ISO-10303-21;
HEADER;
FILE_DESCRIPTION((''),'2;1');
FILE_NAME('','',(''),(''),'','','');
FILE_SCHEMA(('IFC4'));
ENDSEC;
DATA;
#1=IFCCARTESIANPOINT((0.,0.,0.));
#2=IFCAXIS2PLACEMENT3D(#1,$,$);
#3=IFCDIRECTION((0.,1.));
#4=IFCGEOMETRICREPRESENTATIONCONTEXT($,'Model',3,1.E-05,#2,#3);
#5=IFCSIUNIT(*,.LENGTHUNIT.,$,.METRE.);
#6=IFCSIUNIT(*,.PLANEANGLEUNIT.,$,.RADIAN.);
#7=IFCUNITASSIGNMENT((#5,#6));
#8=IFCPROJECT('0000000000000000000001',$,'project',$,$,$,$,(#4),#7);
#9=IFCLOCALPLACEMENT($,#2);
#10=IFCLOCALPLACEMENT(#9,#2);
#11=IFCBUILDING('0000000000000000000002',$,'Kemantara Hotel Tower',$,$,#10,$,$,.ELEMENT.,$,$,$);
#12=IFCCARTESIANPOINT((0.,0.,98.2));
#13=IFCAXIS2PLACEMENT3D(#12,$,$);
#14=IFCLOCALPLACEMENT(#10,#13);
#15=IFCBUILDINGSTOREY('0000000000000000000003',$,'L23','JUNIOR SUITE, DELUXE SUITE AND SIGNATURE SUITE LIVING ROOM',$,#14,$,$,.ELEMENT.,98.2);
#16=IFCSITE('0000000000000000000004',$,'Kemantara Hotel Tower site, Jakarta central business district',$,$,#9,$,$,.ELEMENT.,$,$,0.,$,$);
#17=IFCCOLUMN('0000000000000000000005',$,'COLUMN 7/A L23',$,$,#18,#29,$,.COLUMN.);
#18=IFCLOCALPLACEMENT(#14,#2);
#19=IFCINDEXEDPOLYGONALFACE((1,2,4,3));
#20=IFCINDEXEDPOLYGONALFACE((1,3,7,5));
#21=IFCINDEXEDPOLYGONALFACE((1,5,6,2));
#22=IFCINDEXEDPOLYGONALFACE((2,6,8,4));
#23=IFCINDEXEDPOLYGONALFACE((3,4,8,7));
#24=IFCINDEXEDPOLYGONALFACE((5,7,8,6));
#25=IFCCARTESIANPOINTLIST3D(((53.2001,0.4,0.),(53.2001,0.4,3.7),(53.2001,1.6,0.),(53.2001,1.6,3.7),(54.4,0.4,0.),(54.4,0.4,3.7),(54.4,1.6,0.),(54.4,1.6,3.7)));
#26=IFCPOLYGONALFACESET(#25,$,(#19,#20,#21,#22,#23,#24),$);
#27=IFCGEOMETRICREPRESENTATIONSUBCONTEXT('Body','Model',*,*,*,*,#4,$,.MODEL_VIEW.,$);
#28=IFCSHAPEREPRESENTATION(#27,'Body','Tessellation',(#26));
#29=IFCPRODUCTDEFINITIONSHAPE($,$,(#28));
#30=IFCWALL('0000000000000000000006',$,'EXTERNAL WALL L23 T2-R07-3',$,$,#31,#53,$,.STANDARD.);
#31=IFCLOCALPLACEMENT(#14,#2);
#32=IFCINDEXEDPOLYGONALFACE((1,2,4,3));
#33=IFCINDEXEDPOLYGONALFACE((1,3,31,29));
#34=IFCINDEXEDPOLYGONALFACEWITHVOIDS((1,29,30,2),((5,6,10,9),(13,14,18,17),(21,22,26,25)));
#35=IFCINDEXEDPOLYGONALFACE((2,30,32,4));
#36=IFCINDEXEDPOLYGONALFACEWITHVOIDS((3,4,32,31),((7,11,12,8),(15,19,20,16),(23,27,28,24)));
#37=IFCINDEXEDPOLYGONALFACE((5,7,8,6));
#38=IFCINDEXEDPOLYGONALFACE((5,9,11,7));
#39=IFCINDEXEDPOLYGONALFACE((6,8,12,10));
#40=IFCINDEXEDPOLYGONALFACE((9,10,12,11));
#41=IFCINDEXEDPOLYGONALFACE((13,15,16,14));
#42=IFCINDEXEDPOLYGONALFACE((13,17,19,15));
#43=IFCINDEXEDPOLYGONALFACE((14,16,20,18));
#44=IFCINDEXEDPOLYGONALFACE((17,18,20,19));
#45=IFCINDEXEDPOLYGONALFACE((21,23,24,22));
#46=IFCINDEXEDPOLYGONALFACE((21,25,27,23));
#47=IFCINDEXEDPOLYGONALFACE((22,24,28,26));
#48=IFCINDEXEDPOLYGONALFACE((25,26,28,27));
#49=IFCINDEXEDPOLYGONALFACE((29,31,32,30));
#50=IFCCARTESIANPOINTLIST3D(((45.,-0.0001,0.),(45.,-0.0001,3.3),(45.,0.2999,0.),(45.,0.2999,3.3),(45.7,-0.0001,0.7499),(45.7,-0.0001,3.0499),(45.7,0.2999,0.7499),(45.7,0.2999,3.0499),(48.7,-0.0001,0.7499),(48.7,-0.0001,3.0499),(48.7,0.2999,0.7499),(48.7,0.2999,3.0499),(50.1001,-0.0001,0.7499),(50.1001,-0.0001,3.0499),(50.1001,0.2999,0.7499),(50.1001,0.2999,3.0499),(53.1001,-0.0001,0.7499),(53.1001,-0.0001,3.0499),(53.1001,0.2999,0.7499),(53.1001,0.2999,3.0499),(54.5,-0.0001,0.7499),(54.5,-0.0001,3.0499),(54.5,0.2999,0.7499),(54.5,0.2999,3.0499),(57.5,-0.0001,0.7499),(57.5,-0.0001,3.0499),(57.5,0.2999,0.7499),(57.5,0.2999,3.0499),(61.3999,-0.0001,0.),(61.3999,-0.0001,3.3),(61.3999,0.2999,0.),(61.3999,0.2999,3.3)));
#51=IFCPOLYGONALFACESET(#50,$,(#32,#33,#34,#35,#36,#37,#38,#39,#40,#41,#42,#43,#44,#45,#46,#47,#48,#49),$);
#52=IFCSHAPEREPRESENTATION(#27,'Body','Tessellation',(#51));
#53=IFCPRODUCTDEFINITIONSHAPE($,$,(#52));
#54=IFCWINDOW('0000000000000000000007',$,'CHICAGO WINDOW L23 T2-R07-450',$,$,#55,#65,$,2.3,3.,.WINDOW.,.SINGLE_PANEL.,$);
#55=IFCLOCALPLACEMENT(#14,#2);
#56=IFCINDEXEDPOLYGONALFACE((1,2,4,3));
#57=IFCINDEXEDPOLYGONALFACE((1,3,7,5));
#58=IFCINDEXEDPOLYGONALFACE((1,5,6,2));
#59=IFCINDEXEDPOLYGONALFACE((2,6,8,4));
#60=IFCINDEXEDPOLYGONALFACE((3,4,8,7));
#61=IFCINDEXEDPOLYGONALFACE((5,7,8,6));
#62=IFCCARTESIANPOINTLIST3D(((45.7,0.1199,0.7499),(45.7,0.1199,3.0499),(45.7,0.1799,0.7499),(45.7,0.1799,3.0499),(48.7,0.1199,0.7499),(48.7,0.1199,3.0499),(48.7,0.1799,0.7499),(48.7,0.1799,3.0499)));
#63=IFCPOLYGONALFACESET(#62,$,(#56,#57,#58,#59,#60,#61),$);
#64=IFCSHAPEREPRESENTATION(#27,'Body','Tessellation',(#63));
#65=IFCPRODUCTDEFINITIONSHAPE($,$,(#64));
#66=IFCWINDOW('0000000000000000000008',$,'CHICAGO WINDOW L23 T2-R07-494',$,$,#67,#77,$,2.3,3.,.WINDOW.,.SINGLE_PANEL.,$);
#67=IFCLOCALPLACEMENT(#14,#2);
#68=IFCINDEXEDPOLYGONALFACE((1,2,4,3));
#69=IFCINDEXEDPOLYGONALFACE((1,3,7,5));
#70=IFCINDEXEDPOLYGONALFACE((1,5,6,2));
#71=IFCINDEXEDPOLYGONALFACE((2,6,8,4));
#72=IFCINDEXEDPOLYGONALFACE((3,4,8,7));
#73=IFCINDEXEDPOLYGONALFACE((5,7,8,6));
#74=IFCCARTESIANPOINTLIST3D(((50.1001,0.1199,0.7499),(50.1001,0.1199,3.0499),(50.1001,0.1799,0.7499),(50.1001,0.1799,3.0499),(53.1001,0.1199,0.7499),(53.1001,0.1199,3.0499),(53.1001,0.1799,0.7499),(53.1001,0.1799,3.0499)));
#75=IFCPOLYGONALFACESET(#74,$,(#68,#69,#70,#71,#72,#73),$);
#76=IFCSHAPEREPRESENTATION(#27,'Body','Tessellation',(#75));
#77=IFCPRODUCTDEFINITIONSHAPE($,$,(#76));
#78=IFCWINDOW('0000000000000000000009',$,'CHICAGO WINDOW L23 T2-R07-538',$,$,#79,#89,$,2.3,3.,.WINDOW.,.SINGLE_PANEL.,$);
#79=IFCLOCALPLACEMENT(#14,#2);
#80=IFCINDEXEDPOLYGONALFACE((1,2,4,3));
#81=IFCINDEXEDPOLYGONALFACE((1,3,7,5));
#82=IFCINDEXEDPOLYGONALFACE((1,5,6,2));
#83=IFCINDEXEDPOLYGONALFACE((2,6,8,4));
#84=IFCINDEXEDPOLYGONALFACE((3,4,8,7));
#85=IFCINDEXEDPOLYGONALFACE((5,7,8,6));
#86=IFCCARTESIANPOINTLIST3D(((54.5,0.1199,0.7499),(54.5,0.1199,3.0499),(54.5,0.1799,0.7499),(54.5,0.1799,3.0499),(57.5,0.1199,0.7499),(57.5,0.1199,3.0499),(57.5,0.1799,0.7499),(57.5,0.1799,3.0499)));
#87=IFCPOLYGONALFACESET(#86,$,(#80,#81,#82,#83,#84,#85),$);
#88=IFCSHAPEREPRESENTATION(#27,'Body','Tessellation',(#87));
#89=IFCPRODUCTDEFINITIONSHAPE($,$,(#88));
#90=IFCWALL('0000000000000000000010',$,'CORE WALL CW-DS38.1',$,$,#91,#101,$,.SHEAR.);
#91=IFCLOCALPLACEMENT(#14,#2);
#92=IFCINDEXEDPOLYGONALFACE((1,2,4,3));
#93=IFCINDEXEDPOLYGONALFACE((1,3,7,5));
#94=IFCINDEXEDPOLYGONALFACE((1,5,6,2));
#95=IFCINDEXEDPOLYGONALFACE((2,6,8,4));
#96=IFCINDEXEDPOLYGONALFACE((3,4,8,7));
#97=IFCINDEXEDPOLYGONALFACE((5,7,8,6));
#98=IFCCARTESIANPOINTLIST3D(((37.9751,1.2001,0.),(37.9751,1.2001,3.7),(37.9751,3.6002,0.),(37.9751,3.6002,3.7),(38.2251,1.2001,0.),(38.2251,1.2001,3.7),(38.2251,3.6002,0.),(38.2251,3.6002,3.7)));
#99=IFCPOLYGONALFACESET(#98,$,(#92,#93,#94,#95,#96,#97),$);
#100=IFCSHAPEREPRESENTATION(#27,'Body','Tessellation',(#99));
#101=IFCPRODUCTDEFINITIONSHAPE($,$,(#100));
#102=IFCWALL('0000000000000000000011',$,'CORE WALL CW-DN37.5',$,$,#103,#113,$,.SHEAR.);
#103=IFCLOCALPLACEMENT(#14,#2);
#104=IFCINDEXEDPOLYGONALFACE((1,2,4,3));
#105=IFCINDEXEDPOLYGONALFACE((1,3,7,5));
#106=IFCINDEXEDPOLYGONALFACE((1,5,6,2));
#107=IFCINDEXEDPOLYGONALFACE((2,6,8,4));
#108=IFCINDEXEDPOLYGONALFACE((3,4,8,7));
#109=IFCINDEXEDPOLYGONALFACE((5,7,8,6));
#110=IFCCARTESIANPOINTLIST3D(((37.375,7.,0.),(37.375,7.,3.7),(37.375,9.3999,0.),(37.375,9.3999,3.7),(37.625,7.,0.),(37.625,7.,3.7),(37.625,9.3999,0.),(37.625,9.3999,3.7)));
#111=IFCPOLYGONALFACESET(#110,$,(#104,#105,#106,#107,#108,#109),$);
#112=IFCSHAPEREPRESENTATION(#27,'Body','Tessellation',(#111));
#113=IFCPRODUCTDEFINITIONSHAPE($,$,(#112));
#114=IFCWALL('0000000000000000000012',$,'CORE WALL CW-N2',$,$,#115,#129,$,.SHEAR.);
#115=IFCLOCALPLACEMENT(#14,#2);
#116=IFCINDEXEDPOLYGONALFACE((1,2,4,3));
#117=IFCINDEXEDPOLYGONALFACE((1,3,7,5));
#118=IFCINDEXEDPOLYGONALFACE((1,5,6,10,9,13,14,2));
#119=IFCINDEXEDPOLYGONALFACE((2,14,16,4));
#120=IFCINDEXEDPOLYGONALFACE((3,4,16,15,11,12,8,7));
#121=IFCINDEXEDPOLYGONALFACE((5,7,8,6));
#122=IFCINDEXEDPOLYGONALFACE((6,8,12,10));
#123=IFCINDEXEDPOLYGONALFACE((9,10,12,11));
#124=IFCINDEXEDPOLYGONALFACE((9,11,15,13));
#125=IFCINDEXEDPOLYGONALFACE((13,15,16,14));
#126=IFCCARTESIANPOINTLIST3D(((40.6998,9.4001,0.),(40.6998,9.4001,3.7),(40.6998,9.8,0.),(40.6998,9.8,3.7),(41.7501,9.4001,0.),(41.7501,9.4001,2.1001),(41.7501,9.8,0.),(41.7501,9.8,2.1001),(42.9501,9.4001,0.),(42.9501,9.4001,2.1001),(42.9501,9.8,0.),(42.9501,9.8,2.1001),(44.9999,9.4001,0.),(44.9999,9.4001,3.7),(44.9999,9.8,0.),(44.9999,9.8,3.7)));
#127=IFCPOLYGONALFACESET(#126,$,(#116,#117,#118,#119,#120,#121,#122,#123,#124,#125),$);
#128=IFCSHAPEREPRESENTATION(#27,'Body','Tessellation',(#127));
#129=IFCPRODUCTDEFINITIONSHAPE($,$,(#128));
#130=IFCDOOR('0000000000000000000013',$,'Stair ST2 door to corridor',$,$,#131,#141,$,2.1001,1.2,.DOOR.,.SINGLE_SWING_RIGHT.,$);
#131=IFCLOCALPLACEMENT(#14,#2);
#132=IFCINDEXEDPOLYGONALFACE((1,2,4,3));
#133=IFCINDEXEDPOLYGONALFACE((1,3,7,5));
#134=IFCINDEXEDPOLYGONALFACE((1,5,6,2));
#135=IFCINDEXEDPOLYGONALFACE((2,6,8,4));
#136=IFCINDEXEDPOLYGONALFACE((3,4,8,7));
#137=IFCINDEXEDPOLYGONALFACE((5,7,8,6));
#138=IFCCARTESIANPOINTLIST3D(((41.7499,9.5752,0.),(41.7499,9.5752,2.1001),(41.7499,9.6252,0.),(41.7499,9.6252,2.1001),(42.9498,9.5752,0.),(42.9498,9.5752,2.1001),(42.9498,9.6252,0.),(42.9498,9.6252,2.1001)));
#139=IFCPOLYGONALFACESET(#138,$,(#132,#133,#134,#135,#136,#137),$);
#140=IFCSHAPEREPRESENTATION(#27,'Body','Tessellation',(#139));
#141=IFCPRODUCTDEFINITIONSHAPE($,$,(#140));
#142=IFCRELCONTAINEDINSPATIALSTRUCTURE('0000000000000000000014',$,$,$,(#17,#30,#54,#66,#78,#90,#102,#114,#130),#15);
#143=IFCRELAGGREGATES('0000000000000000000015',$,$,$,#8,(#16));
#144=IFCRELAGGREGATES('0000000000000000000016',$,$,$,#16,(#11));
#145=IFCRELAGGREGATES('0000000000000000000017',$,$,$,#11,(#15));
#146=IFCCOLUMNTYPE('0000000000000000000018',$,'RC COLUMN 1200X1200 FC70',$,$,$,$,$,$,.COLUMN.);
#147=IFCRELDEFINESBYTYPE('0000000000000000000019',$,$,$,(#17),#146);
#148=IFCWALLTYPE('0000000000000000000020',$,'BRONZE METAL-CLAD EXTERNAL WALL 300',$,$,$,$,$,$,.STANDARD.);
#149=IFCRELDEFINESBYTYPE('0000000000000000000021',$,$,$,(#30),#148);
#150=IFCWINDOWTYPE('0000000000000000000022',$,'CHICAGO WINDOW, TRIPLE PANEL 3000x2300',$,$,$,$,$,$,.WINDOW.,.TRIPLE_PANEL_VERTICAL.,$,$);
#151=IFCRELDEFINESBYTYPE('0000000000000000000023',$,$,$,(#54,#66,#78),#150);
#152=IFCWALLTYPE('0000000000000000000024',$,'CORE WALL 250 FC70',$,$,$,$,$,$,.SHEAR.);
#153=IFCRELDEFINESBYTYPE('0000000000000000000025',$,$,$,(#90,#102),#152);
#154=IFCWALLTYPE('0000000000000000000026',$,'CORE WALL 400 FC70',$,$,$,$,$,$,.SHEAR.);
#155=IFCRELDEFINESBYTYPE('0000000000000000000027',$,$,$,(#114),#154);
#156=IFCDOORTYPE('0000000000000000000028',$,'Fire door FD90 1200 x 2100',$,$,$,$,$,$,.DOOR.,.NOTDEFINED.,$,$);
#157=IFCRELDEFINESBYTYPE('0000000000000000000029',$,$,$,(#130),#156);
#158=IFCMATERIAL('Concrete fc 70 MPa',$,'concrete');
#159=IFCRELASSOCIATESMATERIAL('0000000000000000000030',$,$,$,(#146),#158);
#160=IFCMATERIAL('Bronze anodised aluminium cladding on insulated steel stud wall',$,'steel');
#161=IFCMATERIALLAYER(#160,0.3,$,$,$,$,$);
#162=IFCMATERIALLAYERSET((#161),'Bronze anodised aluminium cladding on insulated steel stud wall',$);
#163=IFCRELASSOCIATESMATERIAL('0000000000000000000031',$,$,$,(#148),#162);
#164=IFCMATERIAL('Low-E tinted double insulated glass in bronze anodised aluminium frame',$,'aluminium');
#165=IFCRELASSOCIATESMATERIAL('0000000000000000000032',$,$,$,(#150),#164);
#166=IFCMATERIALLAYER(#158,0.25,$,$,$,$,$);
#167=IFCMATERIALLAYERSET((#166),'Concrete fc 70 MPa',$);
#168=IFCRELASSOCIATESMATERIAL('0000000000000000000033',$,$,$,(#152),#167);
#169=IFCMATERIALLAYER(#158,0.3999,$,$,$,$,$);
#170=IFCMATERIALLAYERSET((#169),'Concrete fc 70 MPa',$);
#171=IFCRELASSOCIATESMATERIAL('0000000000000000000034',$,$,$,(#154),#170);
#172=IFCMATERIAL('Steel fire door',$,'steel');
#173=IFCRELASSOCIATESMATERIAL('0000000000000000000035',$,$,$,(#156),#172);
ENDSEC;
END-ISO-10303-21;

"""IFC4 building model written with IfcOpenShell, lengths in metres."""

from ifc_helpers import new_model, si_unit, direction, frame, frame_2d, origin, origin_2d, place, context, subcontext, project, spatial, rectangle, extrude, material, layer, layer_set, material_profile, profile_set, type_object, element, fill, save


model = new_model("IFC4")

# Units and contexts
model_context = context("Model", 3, precision=1e-05, world=origin(), true_north=direction((0.0, 1.0)))
body_context = subcontext(model_context, "Body", "Model", "MODEL_VIEW")
ifc_project = project(units=[si_unit("LENGTHUNIT", "METRE"), si_unit("PLANEANGLEUNIT", "RADIAN")], contexts=[model_context])

# Site, building, storey
site_placement = place(None, origin())
site = spatial("IfcSite", under=ifc_project, at=site_placement, Name="Kemantara Hotel Tower site, Jakarta central business district", CompositionType="ELEMENT", RefElevation=0.0)
building_placement = place(site_placement, origin())
building = spatial("IfcBuilding", under=site, at=building_placement, Name="Kemantara Hotel Tower", CompositionType="ELEMENT")
storey_placement = place(building_placement, frame((0.0, 0.0, 98.2)))
storey = spatial("IfcBuildingStorey", under=building, at=storey_placement, Name="L23", Description="JUNIOR SUITE, DELUXE SUITE AND SIGNATURE SUITE LIVING ROOM", CompositionType="ELEMENT", Elevation=98.2)

# Column
ifc_material_1 = material(Name="Concrete fc 70 MPa", Category="concrete")
ifc_material_profile = material_profile(ifc_material_1, rectangle(XDim=1.2, YDim=1.2, at=origin_2d()), Name="RC 1200X1200")
ifc_profile_set = profile_set([ifc_material_profile], Name="Concrete fc 70 MPa")
column_type = type_object("IfcColumnType", Name="RC COLUMN 1200X1200 FC70", PredefinedType="COLUMN", material=ifc_profile_set)
column_placement = place(storey_placement, frame((53.8, 1.0, 0.0), z_axis=(0.0, 0.0, 1.0), x_axis=(1.0, 0.0, 0.0)))
element("IfcColumn", 1, at=column_placement, inside=storey, type_object=column_type, Name="COLUMN 7/A L23", PredefinedType="COLUMN", context=body_context, shape_type="SweptSolid", body=[
    extrude(rectangle(XDim=1.2, YDim=1.2, at=origin_2d()), origin(), (0.0, 0.0, 1.0), 3.7),
])

# Wall, openings, windows
ifc_material_2 = material(Name="Bronze anodised aluminium cladding on insulated steel stud wall", Category="steel")
ifc_layer_1 = layer(ifc_material_2, 0.3)
ifc_layer_set_1 = layer_set([ifc_layer_1], Name="Bronze anodised aluminium cladding on insulated steel stud wall")
wall_type_1 = type_object("IfcWallType", Name="BRONZE METAL-CLAD EXTERNAL WALL 300", PredefinedType="STANDARD", material=ifc_layer_set_1)
wall_1_placement = place(storey_placement, frame((45.0, 0.1499, 0.0), z_axis=(0.0, 0.0, 1.0), x_axis=(1.0, 0.0, 0.0)))
wall_1 = element("IfcWall", 2, at=wall_1_placement, inside=storey, type_object=wall_type_1, Name="EXTERNAL WALL L23 T2-R07-3", PredefinedType="STANDARD", context=body_context, shape_type="SweptSolid", body=[
    extrude(rectangle(XDim=16.3999, YDim=0.3, at=frame_2d((8.2, 0.0))), origin(), (0.0, 0.0, 1.0), 3.3),
])
opening_1_placement = place(wall_1_placement, frame((0.7, 0.0, 0.75)))
opening_1 = element("IfcOpeningElement", 3, at=opening_1_placement, cuts=wall_1, PredefinedType="OPENING", context=body_context, shape_type="SweptSolid", body=[
    extrude(rectangle(XDim=3.0, YDim=2.3, at=frame_2d((1.5, 1.1499))), frame((0.0, 0.1599, 0.0), z_axis=(0.0, -1.0, 0.0), x_axis=(1.0, 0.0, 0.0)), (0.0, 0.0, 1.0), 0.3201),
])
opening_2_placement = place(wall_1_placement, frame((5.1001, 0.0, 0.75)))
opening_2 = element("IfcOpeningElement", 4, at=opening_2_placement, cuts=wall_1, PredefinedType="OPENING", context=body_context, shape_type="SweptSolid", body=[
    extrude(rectangle(XDim=3.0, YDim=2.3, at=frame_2d((1.5, 1.1499))), frame((0.0, 0.1599, 0.0), z_axis=(0.0, -1.0, 0.0), x_axis=(1.0, 0.0, 0.0)), (0.0, 0.0, 1.0), 0.3201),
])
opening_3_placement = place(wall_1_placement, frame((9.5, 0.0, 0.75)))
opening_3 = element("IfcOpeningElement", 5, at=opening_3_placement, cuts=wall_1, PredefinedType="OPENING", context=body_context, shape_type="SweptSolid", body=[
    extrude(rectangle(XDim=3.0, YDim=2.3, at=frame_2d((1.5, 1.1499))), frame((0.0, 0.1599, 0.0), z_axis=(0.0, -1.0, 0.0), x_axis=(1.0, 0.0, 0.0)), (0.0, 0.0, 1.0), 0.3201),
])
ifc_material_3 = material(Name="Low-E tinted double insulated glass in bronze anodised aluminium frame", Category="aluminium")
window_type = type_object("IfcWindowType", Name="CHICAGO WINDOW, TRIPLE PANEL 3000x2300", PartitioningType="TRIPLE_PANEL_VERTICAL", PredefinedType="WINDOW", material=ifc_material_3)
window_1_placement = place(opening_1_placement, origin())
window_1 = element("IfcWindow", 6, at=window_1_placement, inside=storey, type_object=window_type, Name="CHICAGO WINDOW L23 T2-R07-450", OverallHeight=2.3, OverallWidth=3.0, PartitioningType="SINGLE_PANEL", PredefinedType="WINDOW", context=body_context, shape_type="SweptSolid", body=[
    extrude(rectangle(XDim=3.0, YDim=2.3, at=frame_2d((1.5, 1.1499))), frame((0.0, 0.03, 0.0), z_axis=(0.0, -1.0, 0.0), x_axis=(1.0, 0.0, 0.0)), (0.0, 0.0, 1.0), 0.0601),
])
fill(opening_1, window_1)
window_2_placement = place(opening_2_placement, origin())
window_2 = element("IfcWindow", 7, at=window_2_placement, inside=storey, type_object=window_type, Name="CHICAGO WINDOW L23 T2-R07-494", OverallHeight=2.3, OverallWidth=3.0, PartitioningType="SINGLE_PANEL", PredefinedType="WINDOW", context=body_context, shape_type="SweptSolid", body=[
    extrude(rectangle(XDim=3.0, YDim=2.3, at=frame_2d((1.5, 1.1499))), frame((0.0, 0.03, 0.0), z_axis=(0.0, -1.0, 0.0), x_axis=(1.0, 0.0, 0.0)), (0.0, 0.0, 1.0), 0.0601),
])
fill(opening_2, window_2)
window_3_placement = place(opening_3_placement, origin())
window_3 = element("IfcWindow", 8, at=window_3_placement, inside=storey, type_object=window_type, Name="CHICAGO WINDOW L23 T2-R07-538", OverallHeight=2.3, OverallWidth=3.0, PartitioningType="SINGLE_PANEL", PredefinedType="WINDOW", context=body_context, shape_type="SweptSolid", body=[
    extrude(rectangle(XDim=3.0, YDim=2.3, at=frame_2d((1.5, 1.1499))), frame((0.0, 0.03, 0.0), z_axis=(0.0, -1.0, 0.0), x_axis=(1.0, 0.0, 0.0)), (0.0, 0.0, 1.0), 0.0601),
])
fill(opening_3, window_3)

# Walls
ifc_layer_2 = layer(ifc_material_1, 0.25)
ifc_layer_set_2 = layer_set([ifc_layer_2], Name="Concrete fc 70 MPa")
wall_type_2 = type_object("IfcWallType", Name="CORE WALL 250 FC70", PredefinedType="SHEAR", material=ifc_layer_set_2)
wall_2_placement = place(storey_placement, frame((38.1001, 1.2, 0.0), z_axis=(0.0, 0.0, 1.0), x_axis=(0.0, 1.0, 0.0)))
element("IfcWall", 9, at=wall_2_placement, inside=storey, type_object=wall_type_2, Name="CORE WALL CW-DS38.1", PredefinedType="SHEAR", context=body_context, shape_type="SweptSolid", body=[
    extrude(rectangle(XDim=2.4001, YDim=0.25, at=frame_2d((1.2002, 0.0))), origin(), (0.0, 0.0, 1.0), 3.7),
])
wall_3_placement = place(storey_placement, frame((37.5, 7.0, 0.0), z_axis=(0.0, 0.0, 1.0), x_axis=(0.0, 1.0, 0.0)))
element("IfcWall", 10, at=wall_3_placement, inside=storey, type_object=wall_type_2, Name="CORE WALL CW-DN37.5", PredefinedType="SHEAR", context=body_context, shape_type="SweptSolid", body=[
    extrude(rectangle(XDim=2.3999, YDim=0.25, at=frame_2d((1.2, 0.0))), origin(), (0.0, 0.0, 1.0), 3.7),
])

# Wall, opening, door
ifc_layer_3 = layer(ifc_material_1, 0.3999)
ifc_layer_set_3 = layer_set([ifc_layer_3], Name="Concrete fc 70 MPa")
wall_type_3 = type_object("IfcWallType", Name="CORE WALL 400 FC70", PredefinedType="SHEAR", material=ifc_layer_set_3)
wall_4_placement = place(storey_placement, frame((40.7, 9.6001, 0.0), z_axis=(0.0, 0.0, 1.0), x_axis=(1.0, 0.0, 0.0)))
wall_4 = element("IfcWall", 11, at=wall_4_placement, inside=storey, type_object=wall_type_3, Name="CORE WALL CW-N2", PredefinedType="SHEAR", context=body_context, shape_type="SweptSolid", body=[
    extrude(rectangle(XDim=4.3, YDim=0.3999, at=frame_2d((2.1499, 0.0))), origin(), (0.0, 0.0, 1.0), 3.7),
])
opening_4_placement = place(wall_4_placement, frame((1.05, 0.0, 0.0)))
opening_4 = element("IfcOpeningElement", 12, at=opening_4_placement, cuts=wall_4, PredefinedType="OPENING", context=body_context, shape_type="SweptSolid", body=[
    extrude(rectangle(XDim=1.2, YDim=2.1001, at=frame_2d((0.6001, 1.05))), frame((0.0, 0.21, 0.0), z_axis=(0.0, -1.0, 0.0), x_axis=(1.0, 0.0, 0.0)), (0.0, 0.0, 1.0), 0.4199),
])
ifc_material_4 = material(Name="Steel fire door", Category="steel")
door_type_1 = type_object("IfcDoorType", Name="Fire door FD90 1200 x 2100", OperationType="NOTDEFINED", PredefinedType="DOOR", material=ifc_material_4)
door_1_placement = place(opening_4_placement, frame((1.2, 0.0, 0.0), z_axis=(0.0, 0.0, 1.0), x_axis=(-1.0, 0.0, 0.0)))
door_1 = element("IfcDoor", 13, at=door_1_placement, inside=storey, type_object=door_type_1, Name="Stair ST2 door to corridor", OperationType="SINGLE_SWING_RIGHT", OverallHeight=2.1001, OverallWidth=1.2, PredefinedType="DOOR", context=body_context, shape_type="SweptSolid", body=[
    extrude(rectangle(XDim=1.2, YDim=2.1001, at=frame_2d((0.6001, 1.05))), frame((0.0, 0.0249, 0.0), z_axis=(0.0, -1.0, 0.0), x_axis=(1.0, 0.0, 0.0)), (0.0, 0.0, 1.0), 0.05),
])
fill(opening_4, door_1)

save(model, "model.ifc")
